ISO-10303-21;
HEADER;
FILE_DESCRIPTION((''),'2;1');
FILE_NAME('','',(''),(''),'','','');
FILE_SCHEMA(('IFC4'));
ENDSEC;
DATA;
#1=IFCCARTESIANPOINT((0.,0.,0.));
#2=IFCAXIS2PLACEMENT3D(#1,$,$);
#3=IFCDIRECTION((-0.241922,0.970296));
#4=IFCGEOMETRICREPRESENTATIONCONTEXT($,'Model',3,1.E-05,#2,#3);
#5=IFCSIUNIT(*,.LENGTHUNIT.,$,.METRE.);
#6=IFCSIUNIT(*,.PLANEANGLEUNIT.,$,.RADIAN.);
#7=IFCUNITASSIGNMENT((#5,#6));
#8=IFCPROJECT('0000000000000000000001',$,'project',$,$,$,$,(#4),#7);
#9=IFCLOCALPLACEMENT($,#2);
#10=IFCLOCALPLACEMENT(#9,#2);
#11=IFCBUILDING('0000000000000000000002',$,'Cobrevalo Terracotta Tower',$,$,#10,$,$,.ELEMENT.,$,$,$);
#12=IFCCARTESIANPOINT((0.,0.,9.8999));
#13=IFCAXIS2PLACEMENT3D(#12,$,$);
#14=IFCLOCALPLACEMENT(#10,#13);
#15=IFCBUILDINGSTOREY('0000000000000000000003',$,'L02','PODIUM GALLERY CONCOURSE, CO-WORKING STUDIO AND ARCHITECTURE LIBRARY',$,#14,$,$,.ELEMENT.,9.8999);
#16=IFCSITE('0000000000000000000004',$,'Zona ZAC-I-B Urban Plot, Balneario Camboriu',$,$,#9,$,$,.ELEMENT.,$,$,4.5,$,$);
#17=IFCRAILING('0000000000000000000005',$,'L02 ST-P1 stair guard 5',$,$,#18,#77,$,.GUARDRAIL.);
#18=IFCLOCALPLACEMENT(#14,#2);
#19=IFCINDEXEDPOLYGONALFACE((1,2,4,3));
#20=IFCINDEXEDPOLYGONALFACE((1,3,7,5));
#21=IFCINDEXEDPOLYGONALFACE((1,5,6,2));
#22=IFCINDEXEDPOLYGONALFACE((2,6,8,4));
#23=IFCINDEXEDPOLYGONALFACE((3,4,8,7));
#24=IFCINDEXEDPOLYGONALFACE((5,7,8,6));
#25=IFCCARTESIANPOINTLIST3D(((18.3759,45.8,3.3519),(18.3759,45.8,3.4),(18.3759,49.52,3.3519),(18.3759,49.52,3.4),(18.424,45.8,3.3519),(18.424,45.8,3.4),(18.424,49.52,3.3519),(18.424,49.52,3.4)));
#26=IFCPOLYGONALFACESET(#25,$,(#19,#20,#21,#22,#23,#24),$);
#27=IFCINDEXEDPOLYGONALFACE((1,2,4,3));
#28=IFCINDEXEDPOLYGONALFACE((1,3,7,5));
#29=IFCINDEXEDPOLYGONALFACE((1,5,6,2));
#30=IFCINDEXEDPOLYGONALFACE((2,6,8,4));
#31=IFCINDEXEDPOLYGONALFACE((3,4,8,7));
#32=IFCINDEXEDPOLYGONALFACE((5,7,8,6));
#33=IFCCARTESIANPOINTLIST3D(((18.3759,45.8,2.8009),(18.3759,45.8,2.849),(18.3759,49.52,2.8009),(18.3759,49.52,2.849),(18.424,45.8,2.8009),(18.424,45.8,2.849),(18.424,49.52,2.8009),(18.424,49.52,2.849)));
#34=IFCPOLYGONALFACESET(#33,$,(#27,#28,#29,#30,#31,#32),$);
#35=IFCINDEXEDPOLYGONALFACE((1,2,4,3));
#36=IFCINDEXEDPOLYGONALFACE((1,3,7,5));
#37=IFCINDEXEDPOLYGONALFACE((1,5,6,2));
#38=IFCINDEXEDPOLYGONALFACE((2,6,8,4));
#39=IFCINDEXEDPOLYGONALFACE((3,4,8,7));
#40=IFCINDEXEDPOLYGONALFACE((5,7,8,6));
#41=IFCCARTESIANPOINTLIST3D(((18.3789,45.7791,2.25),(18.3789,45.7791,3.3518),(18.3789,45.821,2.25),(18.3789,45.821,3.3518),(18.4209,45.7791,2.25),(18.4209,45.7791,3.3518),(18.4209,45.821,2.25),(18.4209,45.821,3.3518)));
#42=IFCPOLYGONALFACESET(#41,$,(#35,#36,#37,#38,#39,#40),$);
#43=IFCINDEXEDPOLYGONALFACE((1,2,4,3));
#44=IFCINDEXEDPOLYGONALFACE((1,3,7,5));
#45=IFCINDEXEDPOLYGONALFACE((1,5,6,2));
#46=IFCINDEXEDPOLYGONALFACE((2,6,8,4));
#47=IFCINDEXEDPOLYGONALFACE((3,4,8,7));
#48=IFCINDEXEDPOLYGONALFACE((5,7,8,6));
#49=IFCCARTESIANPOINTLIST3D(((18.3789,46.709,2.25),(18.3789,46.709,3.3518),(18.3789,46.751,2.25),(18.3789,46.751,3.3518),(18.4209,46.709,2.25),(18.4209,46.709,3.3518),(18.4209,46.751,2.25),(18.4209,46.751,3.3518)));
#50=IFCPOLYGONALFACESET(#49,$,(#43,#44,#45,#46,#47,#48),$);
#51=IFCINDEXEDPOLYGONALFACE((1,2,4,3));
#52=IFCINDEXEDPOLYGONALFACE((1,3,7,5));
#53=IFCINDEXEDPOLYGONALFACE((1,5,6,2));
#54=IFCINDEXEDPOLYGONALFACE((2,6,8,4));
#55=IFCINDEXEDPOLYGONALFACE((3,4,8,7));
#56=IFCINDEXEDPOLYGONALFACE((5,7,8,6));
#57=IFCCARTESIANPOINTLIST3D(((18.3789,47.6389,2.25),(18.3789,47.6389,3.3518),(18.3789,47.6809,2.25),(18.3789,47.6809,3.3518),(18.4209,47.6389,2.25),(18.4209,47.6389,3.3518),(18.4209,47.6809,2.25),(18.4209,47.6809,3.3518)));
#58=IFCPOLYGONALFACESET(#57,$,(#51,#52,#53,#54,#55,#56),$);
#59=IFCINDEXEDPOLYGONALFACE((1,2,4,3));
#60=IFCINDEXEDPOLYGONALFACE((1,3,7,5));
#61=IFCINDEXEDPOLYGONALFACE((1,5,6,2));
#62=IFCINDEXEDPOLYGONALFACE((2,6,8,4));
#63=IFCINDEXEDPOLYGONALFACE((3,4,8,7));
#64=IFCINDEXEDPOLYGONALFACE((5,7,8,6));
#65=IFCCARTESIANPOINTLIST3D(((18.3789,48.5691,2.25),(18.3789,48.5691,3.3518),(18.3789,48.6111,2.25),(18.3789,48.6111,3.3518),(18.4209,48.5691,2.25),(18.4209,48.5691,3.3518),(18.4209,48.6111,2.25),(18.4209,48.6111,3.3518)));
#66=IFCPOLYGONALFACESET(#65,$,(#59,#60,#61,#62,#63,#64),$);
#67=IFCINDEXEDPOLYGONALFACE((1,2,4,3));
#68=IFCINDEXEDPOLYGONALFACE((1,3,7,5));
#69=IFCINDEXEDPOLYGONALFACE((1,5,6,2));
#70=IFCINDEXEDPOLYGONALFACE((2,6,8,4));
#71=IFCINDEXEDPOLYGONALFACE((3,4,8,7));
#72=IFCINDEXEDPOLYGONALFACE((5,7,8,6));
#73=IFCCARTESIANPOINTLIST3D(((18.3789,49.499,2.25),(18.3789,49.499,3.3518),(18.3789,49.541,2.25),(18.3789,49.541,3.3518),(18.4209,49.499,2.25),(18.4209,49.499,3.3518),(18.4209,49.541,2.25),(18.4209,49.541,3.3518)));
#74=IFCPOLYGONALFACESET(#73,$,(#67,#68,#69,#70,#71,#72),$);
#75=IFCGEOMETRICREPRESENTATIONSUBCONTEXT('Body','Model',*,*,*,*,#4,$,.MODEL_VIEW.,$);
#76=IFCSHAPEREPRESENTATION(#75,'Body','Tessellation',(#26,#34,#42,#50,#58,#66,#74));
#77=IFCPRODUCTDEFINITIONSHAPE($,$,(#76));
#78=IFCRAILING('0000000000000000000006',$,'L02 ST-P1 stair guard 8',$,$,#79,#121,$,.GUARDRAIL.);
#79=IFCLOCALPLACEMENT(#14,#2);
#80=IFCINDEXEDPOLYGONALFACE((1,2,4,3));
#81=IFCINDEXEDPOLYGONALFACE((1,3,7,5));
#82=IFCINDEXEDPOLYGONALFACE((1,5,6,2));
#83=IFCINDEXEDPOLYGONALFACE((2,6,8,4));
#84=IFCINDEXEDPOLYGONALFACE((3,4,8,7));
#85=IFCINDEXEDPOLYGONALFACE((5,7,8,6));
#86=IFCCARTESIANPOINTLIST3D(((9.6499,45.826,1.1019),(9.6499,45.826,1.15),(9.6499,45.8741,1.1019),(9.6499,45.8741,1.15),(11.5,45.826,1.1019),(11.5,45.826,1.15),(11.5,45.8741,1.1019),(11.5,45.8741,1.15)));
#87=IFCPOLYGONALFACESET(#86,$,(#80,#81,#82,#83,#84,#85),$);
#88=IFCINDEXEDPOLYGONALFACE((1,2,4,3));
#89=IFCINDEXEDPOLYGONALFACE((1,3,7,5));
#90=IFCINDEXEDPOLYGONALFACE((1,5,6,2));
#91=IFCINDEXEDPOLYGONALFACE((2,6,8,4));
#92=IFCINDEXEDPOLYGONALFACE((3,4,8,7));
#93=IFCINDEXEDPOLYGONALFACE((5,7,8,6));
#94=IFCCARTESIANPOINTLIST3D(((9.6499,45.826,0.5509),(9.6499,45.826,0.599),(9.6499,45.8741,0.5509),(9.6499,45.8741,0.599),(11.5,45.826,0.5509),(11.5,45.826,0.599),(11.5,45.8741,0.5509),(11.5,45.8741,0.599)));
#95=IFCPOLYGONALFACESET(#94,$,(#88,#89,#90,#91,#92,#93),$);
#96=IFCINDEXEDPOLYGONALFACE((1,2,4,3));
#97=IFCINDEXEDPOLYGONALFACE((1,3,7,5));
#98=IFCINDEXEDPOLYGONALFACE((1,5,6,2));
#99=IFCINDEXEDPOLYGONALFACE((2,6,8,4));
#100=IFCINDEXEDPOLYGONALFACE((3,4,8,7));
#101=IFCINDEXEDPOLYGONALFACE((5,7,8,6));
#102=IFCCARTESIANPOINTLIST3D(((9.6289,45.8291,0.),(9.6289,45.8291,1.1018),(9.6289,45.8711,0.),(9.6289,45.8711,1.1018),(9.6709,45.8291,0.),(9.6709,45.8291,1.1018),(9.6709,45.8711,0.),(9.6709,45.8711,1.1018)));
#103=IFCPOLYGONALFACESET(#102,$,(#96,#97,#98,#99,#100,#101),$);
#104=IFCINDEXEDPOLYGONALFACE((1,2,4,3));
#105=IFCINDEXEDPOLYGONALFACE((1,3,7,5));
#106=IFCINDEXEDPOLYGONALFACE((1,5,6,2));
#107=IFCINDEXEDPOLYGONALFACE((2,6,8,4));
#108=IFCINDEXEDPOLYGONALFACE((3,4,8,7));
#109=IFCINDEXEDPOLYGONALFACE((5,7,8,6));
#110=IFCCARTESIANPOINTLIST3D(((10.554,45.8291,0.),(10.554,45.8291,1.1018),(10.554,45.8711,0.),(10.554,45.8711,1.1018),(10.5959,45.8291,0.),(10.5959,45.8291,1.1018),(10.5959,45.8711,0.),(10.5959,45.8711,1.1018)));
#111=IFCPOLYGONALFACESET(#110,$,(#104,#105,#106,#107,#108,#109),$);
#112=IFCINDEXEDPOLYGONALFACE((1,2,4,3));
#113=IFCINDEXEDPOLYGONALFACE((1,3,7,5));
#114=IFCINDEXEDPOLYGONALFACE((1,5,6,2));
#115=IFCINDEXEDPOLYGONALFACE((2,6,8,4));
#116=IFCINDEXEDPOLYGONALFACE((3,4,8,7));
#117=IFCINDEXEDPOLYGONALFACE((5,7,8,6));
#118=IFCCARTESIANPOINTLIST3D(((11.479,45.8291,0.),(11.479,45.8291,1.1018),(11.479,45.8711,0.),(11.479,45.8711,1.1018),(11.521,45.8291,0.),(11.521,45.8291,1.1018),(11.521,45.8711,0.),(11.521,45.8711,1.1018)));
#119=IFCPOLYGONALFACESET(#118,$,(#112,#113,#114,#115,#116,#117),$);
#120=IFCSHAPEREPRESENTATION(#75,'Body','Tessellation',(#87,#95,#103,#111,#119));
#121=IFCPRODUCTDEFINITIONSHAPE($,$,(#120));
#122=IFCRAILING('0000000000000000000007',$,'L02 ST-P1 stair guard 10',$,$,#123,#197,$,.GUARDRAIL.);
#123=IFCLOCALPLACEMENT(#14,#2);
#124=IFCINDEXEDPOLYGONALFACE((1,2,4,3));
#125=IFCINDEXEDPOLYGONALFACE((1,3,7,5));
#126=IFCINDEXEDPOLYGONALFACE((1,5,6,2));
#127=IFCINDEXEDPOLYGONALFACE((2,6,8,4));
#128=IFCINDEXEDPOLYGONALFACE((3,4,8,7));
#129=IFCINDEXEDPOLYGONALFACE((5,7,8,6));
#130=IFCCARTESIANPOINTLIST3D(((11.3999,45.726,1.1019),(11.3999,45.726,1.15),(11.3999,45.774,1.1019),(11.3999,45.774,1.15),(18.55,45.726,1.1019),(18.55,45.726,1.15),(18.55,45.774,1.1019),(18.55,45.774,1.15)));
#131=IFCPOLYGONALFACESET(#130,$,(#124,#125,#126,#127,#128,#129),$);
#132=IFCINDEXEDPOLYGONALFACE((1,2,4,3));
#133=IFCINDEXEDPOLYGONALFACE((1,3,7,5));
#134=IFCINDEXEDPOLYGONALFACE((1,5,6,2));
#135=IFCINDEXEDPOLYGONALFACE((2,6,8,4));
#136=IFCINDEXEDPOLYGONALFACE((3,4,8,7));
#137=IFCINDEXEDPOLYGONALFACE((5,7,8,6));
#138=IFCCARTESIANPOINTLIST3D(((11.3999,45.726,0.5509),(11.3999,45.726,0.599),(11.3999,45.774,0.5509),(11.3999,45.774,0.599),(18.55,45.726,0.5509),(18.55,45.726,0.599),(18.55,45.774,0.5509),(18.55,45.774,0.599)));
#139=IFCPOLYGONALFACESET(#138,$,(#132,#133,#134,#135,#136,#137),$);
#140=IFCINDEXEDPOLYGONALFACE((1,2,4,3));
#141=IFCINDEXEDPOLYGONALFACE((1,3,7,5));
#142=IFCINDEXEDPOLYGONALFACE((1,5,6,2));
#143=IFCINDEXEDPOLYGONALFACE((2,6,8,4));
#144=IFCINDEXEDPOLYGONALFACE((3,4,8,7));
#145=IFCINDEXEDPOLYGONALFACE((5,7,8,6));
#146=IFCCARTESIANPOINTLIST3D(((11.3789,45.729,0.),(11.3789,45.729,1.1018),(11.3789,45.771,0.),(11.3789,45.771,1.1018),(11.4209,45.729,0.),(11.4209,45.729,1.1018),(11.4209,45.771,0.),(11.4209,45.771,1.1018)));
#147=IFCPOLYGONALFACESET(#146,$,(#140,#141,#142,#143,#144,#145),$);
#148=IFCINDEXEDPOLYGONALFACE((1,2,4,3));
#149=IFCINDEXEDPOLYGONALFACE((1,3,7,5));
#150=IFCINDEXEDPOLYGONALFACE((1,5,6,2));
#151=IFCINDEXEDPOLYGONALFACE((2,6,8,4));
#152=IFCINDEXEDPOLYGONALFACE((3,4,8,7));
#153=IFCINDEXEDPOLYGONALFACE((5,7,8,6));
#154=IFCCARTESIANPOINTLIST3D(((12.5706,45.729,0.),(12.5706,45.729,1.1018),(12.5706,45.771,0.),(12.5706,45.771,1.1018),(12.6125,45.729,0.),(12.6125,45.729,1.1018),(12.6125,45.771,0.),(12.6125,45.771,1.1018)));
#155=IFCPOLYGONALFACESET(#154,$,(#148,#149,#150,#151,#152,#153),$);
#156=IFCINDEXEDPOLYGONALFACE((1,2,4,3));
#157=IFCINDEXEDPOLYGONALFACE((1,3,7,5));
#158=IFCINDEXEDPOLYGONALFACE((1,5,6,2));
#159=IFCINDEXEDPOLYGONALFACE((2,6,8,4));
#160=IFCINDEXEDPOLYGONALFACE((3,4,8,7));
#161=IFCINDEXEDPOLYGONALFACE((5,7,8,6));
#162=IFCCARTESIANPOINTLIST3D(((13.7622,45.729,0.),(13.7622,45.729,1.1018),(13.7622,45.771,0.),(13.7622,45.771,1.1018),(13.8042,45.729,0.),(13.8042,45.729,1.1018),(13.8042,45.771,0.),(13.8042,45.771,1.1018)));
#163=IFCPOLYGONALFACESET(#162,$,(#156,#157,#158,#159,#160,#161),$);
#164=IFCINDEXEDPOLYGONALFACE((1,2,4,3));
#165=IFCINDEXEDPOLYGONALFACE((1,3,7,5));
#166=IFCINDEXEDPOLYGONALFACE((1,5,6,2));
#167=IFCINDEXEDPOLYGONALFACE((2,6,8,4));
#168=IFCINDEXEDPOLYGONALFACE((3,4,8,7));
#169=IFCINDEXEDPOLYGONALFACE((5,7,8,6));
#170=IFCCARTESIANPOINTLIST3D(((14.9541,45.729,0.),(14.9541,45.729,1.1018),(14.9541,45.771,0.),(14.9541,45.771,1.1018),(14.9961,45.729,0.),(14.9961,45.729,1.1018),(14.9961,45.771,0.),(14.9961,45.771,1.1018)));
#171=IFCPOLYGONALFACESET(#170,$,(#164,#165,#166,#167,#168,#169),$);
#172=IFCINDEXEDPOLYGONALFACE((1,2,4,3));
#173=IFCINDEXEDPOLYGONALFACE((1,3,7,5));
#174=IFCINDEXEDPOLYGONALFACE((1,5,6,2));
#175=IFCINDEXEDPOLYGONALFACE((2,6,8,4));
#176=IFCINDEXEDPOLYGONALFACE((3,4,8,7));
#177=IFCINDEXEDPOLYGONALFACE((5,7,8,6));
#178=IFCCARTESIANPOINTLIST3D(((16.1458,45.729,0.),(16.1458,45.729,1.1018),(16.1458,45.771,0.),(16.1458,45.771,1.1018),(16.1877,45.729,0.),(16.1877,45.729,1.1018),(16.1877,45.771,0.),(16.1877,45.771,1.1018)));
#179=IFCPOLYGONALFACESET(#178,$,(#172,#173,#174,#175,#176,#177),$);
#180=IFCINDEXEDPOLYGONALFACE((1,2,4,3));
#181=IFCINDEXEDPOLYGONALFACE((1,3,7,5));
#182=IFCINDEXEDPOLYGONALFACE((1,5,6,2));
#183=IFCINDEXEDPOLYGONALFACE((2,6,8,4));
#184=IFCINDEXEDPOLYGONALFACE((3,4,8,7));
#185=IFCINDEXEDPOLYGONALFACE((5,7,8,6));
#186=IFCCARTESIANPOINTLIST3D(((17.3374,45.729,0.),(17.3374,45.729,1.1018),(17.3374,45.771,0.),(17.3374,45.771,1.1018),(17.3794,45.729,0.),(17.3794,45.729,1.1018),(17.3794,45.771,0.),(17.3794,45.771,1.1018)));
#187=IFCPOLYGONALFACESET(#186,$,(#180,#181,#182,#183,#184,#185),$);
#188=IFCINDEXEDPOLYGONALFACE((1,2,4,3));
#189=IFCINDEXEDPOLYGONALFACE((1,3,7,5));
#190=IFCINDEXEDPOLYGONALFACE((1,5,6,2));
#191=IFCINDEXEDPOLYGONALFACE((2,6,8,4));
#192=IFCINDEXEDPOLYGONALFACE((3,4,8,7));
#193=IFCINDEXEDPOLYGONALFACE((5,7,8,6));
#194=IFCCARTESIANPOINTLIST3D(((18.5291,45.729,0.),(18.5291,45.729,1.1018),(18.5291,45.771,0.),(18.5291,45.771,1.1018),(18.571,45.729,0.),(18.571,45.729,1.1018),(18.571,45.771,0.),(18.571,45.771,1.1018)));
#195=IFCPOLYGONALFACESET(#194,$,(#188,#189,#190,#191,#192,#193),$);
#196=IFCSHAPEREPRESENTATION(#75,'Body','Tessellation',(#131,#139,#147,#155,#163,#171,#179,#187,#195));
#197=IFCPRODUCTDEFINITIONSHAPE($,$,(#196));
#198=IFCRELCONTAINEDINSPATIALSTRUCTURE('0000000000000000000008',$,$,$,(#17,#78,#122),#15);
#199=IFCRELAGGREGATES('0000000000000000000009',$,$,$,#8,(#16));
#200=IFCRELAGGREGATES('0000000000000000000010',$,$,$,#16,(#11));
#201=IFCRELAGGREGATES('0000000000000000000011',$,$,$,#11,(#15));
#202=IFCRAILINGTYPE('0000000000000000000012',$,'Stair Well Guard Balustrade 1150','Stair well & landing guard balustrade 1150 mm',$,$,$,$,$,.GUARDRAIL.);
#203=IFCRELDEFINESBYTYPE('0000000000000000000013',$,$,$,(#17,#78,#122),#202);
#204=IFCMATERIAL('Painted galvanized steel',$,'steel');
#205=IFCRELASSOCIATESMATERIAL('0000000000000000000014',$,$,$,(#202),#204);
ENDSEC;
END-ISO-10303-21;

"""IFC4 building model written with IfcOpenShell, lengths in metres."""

from ifc_helpers import new_model, si_unit, direction, frame, origin, origin_2d, place, context, subcontext, project, spatial, rectangle, extrude, material, type_object, element, save


model = new_model("IFC4")

# Units and contexts
model_context = context("Model", 3, precision=1e-05, world=origin(), true_north=direction((-0.241922, 0.970296)))
body_context = subcontext(model_context, "Body", "Model", "MODEL_VIEW")
ifc_project = project(units=[si_unit("LENGTHUNIT", "METRE"), si_unit("PLANEANGLEUNIT", "RADIAN")], contexts=[model_context])

# Site, building, storey
site_placement = place(None, origin())
site = spatial("IfcSite", under=ifc_project, at=site_placement, Name="Zona ZAC-I-B Urban Plot, Balneario Camboriu", CompositionType="ELEMENT", RefElevation=4.5)
building_placement = place(site_placement, origin())
building = spatial("IfcBuilding", under=site, at=building_placement, Name="Cobrevalo Terracotta Tower", CompositionType="ELEMENT")
storey_placement = place(building_placement, frame((0.0, 0.0, 9.8999)))
storey = spatial("IfcBuildingStorey", under=building, at=storey_placement, Name="L02", Description="PODIUM GALLERY CONCOURSE, CO-WORKING STUDIO AND ARCHITECTURE LIBRARY", CompositionType="ELEMENT", Elevation=9.8999)

# Railings
ifc_material_1 = material(Name="Painted galvanized steel", Category="steel")
railing_type_1 = type_object("IfcRailingType", Name="Stair Well Guard Balustrade 1150", Description="Stair well & landing guard balustrade 1150 mm", PredefinedType="GUARDRAIL", material=ifc_material_1)
railing_1_placement = place(storey_placement, frame((18.3999, 45.8, 2.25)))
element("IfcRailing", 1, at=railing_1_placement, inside=storey, type_object=railing_type_1, Name="L02 ST-P1 stair guard 5", PredefinedType="GUARDRAIL", context=body_context, shape_type="SweptSolid", body=[
    extrude(rectangle(XDim=0.0481, YDim=0.0481, at=origin_2d()), frame((0.0, 0.0, 1.126), z_axis=(0.0, 1.0, 0.0), x_axis=(-1.0, 0.0, 0.0)), (0.0, 0.0, 1.0), 3.72),
    extrude(rectangle(XDim=0.0481, YDim=0.0481, at=origin_2d()), frame((0.0, 0.0, 0.575), z_axis=(0.0, 1.0, 0.0), x_axis=(-1.0, 0.0, 0.0)), (0.0, 0.0, 1.0), 3.72),
    extrude(rectangle(XDim=0.042, YDim=0.042, at=origin_2d()), origin(), (0.0, 0.0, 1.0), 1.1018),
    extrude(rectangle(XDim=0.042, YDim=0.042, at=origin_2d()), frame((0.0, 0.9299, 0.0)), (0.0, 0.0, 1.0), 1.1018),
    extrude(rectangle(XDim=0.042, YDim=0.042, at=origin_2d()), frame((0.0, 1.8599, 0.0)), (0.0, 0.0, 1.0), 1.1018),
    extrude(rectangle(XDim=0.042, YDim=0.042, at=origin_2d()), frame((0.0, 2.79, 0.0)), (0.0, 0.0, 1.0), 1.1018),
    extrude(rectangle(XDim=0.042, YDim=0.042, at=origin_2d()), frame((0.0, 3.72, 0.0)), (0.0, 0.0, 1.0), 1.1018),
])
railing_2_placement = place(storey_placement, frame((9.6499, 45.8501, 0.0)))
element("IfcRailing", 2, at=railing_2_placement, inside=storey, type_object=railing_type_1, Name="L02 ST-P1 stair guard 8", PredefinedType="GUARDRAIL", context=body_context, shape_type="SweptSolid", body=[
    extrude(rectangle(XDim=0.0481, YDim=0.0481, at=origin_2d()), frame((0.0, 0.0, 1.126), z_axis=(1.0, 0.0, 0.0), x_axis=(0.0, 1.0, 0.0)), (0.0, 0.0, 1.0), 1.8501),
    extrude(rectangle(XDim=0.0481, YDim=0.0481, at=origin_2d()), frame((0.0, 0.0, 0.575), z_axis=(1.0, 0.0, 0.0), x_axis=(0.0, 1.0, 0.0)), (0.0, 0.0, 1.0), 1.8501),
    extrude(rectangle(XDim=0.042, YDim=0.042, at=origin_2d()), origin(), (0.0, 0.0, 1.0), 1.1018),
    extrude(rectangle(XDim=0.042, YDim=0.042, at=origin_2d()), frame((0.925, 0.0, 0.0)), (0.0, 0.0, 1.0), 1.1018),
    extrude(rectangle(XDim=0.042, YDim=0.042, at=origin_2d()), frame((1.8501, 0.0, 0.0)), (0.0, 0.0, 1.0), 1.1018),
])
railing_3_placement = place(storey_placement, frame((11.3999, 45.75, 0.0)))
element("IfcRailing", 3, at=railing_3_placement, inside=storey, type_object=railing_type_1, Name="L02 ST-P1 stair guard 10", PredefinedType="GUARDRAIL", context=body_context, shape_type="SweptSolid", body=[
    extrude(rectangle(XDim=0.0481, YDim=0.0481, at=origin_2d()), frame((0.0, 0.0, 1.126), z_axis=(1.0, 0.0, 0.0), x_axis=(0.0, 1.0, 0.0)), (0.0, 0.0, 1.0), 7.1501),
    extrude(rectangle(XDim=0.0481, YDim=0.0481, at=origin_2d()), frame((0.0, 0.0, 0.575), z_axis=(1.0, 0.0, 0.0), x_axis=(0.0, 1.0, 0.0)), (0.0, 0.0, 1.0), 7.1501),
    extrude(rectangle(XDim=0.042, YDim=0.042, at=origin_2d()), origin(), (0.0, 0.0, 1.0), 1.1018),
    extrude(rectangle(XDim=0.042, YDim=0.042, at=origin_2d()), frame((1.1917, 0.0, 0.0)), (0.0, 0.0, 1.0), 1.1018),
    extrude(rectangle(XDim=0.042, YDim=0.042, at=origin_2d()), frame((2.3833, 0.0, 0.0)), (0.0, 0.0, 1.0), 1.1018),
    extrude(rectangle(XDim=0.042, YDim=0.042, at=origin_2d()), frame((3.5752, 0.0, 0.0)), (0.0, 0.0, 1.0), 1.1018),
    extrude(rectangle(XDim=0.042, YDim=0.042, at=origin_2d()), frame((4.7668, 0.0, 0.0)), (0.0, 0.0, 1.0), 1.1018),
    extrude(rectangle(XDim=0.042, YDim=0.042, at=origin_2d()), frame((5.9585, 0.0, 0.0)), (0.0, 0.0, 1.0), 1.1018),
    extrude(rectangle(XDim=0.042, YDim=0.042, at=origin_2d()), frame((7.1501, 0.0, 0.0)), (0.0, 0.0, 1.0), 1.1018),
])

save(model, "model.ifc")
